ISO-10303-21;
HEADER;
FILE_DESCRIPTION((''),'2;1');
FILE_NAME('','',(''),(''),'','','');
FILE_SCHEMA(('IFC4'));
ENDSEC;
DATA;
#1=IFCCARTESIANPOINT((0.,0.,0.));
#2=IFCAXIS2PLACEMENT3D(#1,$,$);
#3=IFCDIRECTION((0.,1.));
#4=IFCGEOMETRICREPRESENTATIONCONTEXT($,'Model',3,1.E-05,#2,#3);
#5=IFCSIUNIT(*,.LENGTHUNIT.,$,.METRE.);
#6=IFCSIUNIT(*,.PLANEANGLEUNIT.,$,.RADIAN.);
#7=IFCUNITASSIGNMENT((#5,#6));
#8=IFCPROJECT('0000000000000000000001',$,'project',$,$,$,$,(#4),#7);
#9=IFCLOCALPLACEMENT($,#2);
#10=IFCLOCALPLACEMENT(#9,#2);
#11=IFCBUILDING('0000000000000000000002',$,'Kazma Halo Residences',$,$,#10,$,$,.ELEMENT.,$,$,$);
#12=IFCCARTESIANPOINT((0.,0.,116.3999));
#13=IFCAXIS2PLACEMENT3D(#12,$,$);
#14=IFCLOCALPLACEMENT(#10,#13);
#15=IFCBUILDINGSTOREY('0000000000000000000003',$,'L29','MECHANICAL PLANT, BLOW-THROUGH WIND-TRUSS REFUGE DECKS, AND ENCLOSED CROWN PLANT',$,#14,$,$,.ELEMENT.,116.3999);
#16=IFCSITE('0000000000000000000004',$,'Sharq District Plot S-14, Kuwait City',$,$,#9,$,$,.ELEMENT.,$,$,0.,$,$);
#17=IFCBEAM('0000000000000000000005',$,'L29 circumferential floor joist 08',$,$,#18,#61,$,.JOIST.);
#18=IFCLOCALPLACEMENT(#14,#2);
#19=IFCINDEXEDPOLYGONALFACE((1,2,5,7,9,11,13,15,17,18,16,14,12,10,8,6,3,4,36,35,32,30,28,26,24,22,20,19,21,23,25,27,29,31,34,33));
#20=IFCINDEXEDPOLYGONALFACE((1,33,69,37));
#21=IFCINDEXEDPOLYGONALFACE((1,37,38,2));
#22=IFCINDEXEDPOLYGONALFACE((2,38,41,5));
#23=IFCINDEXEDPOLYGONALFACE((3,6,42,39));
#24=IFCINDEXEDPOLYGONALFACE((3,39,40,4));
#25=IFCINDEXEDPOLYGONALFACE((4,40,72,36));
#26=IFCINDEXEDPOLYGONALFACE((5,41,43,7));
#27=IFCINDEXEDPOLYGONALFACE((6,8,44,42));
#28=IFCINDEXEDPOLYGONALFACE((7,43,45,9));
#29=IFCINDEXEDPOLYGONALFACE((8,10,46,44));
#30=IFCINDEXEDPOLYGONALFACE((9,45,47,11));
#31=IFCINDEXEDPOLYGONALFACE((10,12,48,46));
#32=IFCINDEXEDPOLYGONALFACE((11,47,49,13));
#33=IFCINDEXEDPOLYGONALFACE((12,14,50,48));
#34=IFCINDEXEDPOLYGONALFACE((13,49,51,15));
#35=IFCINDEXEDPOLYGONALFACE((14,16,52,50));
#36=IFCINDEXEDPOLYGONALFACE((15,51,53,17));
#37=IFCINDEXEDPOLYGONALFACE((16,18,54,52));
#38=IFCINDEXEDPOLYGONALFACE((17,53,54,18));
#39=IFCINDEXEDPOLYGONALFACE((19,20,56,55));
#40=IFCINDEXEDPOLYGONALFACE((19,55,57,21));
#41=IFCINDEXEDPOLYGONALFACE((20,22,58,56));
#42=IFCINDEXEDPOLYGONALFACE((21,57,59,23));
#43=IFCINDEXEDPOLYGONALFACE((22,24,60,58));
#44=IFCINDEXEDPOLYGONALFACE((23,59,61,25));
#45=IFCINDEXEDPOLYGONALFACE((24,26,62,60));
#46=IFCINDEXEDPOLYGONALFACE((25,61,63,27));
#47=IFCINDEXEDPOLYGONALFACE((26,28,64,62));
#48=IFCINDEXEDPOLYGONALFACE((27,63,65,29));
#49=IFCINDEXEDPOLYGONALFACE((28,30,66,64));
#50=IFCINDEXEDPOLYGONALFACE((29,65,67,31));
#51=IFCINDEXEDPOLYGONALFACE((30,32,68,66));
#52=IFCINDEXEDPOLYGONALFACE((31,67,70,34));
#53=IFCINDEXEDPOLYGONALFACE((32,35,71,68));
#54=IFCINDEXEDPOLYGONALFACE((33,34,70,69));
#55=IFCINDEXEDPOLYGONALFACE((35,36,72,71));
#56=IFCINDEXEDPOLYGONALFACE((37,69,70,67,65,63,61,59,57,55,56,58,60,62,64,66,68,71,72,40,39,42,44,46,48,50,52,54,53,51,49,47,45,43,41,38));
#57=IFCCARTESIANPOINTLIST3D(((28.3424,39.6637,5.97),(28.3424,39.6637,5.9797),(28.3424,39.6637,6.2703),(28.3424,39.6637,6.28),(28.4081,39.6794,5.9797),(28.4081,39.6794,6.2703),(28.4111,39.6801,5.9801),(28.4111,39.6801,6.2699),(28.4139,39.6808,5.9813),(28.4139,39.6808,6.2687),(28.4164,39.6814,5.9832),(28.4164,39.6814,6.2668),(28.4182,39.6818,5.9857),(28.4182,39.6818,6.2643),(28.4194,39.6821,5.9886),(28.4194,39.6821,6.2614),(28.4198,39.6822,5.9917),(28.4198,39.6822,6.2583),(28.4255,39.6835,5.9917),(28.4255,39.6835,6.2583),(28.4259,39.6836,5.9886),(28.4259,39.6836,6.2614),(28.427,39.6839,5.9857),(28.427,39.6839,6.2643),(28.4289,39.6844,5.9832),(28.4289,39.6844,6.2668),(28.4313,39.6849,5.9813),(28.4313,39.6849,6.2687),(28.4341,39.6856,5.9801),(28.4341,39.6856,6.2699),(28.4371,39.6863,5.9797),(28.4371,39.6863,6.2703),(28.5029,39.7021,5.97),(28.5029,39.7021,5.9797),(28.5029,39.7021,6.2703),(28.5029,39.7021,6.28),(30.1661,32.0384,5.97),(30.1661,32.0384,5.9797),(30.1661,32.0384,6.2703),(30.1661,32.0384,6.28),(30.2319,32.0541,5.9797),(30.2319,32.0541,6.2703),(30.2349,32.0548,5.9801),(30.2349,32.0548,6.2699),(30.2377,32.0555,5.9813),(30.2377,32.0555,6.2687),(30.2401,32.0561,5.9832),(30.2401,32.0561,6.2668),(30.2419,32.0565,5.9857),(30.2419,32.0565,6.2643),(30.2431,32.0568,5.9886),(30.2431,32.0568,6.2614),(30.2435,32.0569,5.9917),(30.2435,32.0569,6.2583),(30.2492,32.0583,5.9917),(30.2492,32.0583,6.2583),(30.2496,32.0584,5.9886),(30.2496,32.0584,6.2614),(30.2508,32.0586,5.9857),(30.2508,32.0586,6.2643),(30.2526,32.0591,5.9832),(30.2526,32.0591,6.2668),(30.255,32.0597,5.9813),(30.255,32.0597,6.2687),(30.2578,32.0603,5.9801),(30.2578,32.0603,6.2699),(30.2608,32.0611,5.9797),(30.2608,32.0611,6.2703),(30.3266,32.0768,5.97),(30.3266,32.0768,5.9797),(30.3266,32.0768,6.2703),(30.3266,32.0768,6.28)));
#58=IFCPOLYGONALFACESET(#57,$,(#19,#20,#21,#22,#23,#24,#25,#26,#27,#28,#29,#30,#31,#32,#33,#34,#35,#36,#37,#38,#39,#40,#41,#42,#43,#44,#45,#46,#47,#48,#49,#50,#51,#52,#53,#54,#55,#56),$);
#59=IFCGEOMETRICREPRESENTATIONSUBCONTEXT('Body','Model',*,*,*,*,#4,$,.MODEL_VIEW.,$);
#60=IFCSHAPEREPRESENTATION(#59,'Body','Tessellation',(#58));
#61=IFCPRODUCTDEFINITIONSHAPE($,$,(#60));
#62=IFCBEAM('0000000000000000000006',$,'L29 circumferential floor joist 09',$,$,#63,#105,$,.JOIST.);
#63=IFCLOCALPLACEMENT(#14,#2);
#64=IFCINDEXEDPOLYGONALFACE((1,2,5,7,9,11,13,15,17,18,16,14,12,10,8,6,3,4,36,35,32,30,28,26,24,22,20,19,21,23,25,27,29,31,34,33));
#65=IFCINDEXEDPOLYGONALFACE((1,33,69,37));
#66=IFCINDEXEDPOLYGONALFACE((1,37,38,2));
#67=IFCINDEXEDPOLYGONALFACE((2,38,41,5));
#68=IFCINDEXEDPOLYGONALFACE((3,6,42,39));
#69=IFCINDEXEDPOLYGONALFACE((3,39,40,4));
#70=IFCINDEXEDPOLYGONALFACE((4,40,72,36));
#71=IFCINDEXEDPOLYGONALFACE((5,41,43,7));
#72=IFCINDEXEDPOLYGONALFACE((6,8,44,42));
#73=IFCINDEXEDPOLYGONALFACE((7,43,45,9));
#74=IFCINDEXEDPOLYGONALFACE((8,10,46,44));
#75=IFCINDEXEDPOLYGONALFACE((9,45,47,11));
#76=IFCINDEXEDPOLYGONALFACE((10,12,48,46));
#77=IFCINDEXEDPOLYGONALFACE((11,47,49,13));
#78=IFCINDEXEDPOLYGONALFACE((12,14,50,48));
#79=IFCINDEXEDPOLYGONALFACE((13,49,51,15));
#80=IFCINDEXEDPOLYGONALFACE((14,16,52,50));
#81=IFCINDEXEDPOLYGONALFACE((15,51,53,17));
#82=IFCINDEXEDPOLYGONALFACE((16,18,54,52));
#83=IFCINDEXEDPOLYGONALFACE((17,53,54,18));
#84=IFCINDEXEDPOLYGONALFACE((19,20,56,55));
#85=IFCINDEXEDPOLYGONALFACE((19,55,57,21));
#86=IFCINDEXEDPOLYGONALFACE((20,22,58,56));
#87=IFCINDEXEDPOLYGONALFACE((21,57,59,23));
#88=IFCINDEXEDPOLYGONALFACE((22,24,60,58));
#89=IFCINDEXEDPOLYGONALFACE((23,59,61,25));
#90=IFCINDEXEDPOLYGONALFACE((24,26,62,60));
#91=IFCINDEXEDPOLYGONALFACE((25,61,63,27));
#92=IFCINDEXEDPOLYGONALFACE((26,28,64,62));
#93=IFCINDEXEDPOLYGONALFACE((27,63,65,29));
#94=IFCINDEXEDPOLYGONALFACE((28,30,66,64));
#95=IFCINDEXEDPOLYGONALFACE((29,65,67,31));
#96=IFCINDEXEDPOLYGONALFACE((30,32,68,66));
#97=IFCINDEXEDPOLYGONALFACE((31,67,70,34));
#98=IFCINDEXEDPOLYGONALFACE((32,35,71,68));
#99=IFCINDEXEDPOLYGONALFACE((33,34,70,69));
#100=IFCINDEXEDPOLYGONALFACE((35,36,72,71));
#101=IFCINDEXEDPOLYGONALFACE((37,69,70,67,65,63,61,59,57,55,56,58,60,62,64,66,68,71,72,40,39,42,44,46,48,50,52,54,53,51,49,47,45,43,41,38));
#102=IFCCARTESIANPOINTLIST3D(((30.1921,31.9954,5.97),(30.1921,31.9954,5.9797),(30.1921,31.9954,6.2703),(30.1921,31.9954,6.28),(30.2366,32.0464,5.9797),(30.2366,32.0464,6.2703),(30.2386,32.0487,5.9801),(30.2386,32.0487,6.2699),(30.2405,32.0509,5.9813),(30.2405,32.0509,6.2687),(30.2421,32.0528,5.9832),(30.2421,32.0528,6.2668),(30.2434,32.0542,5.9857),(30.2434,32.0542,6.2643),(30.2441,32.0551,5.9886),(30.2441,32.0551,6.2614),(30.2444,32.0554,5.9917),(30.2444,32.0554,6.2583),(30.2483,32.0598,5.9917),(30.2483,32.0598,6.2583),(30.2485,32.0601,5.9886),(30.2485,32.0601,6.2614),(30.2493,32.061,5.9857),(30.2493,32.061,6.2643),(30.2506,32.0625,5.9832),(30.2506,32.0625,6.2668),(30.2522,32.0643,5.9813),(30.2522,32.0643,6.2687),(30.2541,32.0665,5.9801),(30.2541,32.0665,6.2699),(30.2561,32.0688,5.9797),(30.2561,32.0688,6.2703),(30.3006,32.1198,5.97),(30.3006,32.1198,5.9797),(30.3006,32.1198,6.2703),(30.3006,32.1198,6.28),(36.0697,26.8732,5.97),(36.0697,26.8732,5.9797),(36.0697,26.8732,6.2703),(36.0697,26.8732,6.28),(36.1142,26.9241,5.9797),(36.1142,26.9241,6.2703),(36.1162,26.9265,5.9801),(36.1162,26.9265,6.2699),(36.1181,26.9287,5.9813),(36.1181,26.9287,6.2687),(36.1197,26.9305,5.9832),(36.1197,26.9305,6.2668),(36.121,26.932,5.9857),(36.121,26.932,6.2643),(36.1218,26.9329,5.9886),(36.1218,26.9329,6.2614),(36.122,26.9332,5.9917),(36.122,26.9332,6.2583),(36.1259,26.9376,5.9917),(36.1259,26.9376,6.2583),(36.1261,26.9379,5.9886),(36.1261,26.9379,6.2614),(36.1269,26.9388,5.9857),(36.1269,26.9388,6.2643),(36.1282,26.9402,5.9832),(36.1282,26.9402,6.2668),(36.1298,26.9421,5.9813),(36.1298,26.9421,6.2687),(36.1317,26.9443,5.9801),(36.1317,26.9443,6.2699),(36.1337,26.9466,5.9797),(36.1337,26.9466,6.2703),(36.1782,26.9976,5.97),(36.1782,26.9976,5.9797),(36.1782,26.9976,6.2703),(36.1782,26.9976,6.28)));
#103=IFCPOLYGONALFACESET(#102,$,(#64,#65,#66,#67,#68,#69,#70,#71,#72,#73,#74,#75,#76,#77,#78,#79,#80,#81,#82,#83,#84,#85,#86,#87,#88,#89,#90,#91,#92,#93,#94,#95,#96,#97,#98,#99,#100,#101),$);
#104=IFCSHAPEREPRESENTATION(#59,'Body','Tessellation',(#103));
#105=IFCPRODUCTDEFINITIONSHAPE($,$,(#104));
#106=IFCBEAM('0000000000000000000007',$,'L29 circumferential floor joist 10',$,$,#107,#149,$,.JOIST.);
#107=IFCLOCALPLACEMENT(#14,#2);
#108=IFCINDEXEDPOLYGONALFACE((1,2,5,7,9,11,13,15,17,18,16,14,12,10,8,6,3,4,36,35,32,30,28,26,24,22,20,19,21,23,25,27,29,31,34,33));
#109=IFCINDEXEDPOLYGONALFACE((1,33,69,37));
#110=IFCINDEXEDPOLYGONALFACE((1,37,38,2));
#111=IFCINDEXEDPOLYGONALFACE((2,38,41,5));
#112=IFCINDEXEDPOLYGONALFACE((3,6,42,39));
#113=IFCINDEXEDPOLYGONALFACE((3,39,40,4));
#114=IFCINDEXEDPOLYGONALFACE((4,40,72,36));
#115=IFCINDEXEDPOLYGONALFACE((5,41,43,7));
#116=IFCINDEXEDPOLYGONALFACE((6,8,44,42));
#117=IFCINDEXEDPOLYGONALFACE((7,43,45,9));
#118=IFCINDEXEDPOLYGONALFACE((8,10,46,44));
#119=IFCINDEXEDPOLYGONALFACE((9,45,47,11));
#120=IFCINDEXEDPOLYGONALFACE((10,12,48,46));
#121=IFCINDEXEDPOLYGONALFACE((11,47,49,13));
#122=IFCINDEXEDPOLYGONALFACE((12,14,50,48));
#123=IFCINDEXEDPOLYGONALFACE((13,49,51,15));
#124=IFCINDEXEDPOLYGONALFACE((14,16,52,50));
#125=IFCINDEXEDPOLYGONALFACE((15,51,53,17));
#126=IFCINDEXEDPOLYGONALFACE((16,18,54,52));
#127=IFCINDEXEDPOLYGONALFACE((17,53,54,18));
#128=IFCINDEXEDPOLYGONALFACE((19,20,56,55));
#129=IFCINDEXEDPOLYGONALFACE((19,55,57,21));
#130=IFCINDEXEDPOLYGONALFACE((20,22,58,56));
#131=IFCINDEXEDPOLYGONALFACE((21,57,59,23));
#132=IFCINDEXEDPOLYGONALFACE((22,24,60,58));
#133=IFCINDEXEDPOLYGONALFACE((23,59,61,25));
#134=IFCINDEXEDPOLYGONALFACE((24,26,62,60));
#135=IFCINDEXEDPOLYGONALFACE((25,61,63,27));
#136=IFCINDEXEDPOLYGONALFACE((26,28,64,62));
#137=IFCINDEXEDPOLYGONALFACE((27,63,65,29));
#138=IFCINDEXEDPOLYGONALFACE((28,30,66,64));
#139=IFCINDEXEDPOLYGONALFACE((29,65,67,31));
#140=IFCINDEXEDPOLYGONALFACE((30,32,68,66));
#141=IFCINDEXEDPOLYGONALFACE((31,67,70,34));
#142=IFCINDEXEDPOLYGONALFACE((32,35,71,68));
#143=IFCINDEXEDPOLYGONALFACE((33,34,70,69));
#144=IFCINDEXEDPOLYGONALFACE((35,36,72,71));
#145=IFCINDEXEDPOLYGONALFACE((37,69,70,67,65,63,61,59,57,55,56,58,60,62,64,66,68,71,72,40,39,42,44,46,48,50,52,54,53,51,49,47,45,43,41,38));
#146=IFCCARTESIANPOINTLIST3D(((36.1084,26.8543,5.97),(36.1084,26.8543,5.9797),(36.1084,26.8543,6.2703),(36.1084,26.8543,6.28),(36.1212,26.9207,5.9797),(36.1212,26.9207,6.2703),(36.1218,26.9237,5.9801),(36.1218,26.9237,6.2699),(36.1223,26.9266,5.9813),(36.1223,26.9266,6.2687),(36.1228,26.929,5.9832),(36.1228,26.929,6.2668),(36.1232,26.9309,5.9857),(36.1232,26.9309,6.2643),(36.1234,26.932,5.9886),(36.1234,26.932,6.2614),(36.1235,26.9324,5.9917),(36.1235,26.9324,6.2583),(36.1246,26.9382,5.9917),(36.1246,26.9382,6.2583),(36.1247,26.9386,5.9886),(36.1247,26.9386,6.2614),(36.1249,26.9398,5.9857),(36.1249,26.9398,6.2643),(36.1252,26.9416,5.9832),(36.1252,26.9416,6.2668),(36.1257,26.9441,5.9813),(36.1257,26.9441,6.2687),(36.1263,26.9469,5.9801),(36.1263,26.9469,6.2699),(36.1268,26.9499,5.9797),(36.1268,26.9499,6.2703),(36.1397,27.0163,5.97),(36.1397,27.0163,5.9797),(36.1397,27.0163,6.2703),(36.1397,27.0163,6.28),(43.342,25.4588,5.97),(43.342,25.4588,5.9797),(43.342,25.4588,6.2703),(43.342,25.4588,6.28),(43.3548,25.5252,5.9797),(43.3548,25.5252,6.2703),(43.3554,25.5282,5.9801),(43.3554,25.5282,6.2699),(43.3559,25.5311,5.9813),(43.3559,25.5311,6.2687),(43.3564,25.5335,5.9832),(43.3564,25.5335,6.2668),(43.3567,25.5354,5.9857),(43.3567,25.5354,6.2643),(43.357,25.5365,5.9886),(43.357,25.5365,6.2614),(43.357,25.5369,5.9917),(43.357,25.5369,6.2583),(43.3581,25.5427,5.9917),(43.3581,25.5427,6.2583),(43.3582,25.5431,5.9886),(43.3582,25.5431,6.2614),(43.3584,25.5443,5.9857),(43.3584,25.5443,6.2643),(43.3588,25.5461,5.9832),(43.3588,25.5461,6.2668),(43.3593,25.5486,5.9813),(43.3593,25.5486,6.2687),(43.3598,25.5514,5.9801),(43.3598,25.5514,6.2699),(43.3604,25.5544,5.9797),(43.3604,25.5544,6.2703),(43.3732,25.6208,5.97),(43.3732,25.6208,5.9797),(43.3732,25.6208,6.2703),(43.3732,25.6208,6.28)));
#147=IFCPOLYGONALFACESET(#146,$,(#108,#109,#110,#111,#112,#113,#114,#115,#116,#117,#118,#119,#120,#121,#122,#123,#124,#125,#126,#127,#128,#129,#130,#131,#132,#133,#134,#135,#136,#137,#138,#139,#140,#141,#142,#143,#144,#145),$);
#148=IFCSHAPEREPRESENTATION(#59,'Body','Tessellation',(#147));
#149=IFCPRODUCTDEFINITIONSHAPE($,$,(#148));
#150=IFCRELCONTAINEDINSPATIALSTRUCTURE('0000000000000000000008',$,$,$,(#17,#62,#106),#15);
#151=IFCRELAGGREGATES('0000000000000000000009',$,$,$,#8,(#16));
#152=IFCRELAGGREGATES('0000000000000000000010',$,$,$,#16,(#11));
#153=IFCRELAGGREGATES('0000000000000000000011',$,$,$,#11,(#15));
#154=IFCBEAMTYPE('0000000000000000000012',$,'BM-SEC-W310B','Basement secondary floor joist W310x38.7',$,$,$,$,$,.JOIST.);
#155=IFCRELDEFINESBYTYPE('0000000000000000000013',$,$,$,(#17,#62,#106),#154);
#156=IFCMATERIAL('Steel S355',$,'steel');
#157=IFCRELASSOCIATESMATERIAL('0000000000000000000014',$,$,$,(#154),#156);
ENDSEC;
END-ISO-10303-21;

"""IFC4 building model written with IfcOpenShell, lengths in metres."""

from ifc_helpers import new_model, si_unit, direction, frame, origin, origin_2d, place, context, subcontext, project, spatial, i_section, extrude, material, material_profile, profile_set, type_object, element, save


model = new_model("IFC4")

# Units and contexts
model_context = context("Model", 3, precision=1e-05, world=origin(), true_north=direction((0.0, 1.0)))
body_context = subcontext(model_context, "Body", "Model", "MODEL_VIEW")
ifc_project = project(units=[si_unit("LENGTHUNIT", "METRE"), si_unit("PLANEANGLEUNIT", "RADIAN")], contexts=[model_context])

# Site, building, storey
site_placement = place(None, origin())
site = spatial("IfcSite", under=ifc_project, at=site_placement, Name="Sharq District Plot S-14, Kuwait City", CompositionType="ELEMENT", RefElevation=0.0)
building_placement = place(site_placement, origin())
building = spatial("IfcBuilding", under=site, at=building_placement, Name="Kazma Halo Residences", CompositionType="ELEMENT")
storey_placement = place(building_placement, frame((0.0, 0.0, 116.3999)))
storey = spatial("IfcBuildingStorey", under=building, at=storey_placement, Name="L29", Description="MECHANICAL PLANT, BLOW-THROUGH WIND-TRUSS REFUGE DECKS, AND ENCLOSED CROWN PLANT", CompositionType="ELEMENT", Elevation=116.3999)

# Beams
ifc_material_1 = material(Name="Steel S355", Category="steel")
ifc_material_profile_1 = material_profile(ifc_material_1, i_section(OverallWidth=0.165, OverallDepth=0.3101, WebThickness=0.0059, FlangeThickness=0.0098, FilletRadius=0.012, at=origin_2d()), Name="W310x38.7")
ifc_profile_set_1 = profile_set([ifc_material_profile_1], Name="Steel S355")
beam_type_1 = type_object("IfcBeamType", Name="BM-SEC-W310B", Description="Basement secondary floor joist W310x38.7", PredefinedType="JOIST", material=ifc_profile_set_1)
beam_1_placement = place(storey_placement, frame((28.4226, 39.6829, 6.125), z_axis=(0.23261, -0.97257, 0.0), x_axis=(0.97257, 0.23261, 0.0)))
element("IfcBeam", 1, at=beam_1_placement, inside=storey, type_object=beam_type_1, Name="L29 circumferential floor joist 08", PredefinedType="JOIST", context=body_context, shape_type="SweptSolid", body=[
    extrude(i_section(OverallWidth=0.165, OverallDepth=0.3101, WebThickness=0.0059, FlangeThickness=0.0098, FilletRadius=0.012, at=origin_2d()), origin(), (0.0, 0.0, 1.0), 7.8403),
])
beam_2_placement = place(storey_placement, frame((30.2463, 32.0576, 6.125), z_axis=(0.753888, -0.657002, 0.0), x_axis=(0.657002, 0.753888, 0.0)))
element("IfcBeam", 2, at=beam_2_placement, inside=storey, type_object=beam_type_1, Name="L29 circumferential floor joist 09", PredefinedType="JOIST", context=body_context, shape_type="SweptSolid", body=[
    extrude(i_section(OverallWidth=0.165, OverallDepth=0.3101, WebThickness=0.0059, FlangeThickness=0.0098, FilletRadius=0.012, at=origin_2d()), origin(), (0.0, 0.0, 1.0), 7.7964),
])
beam_3_placement = place(storey_placement, frame((36.124, 26.9353, 6.125), z_axis=(0.981895, -0.189426, 0.0), x_axis=(0.189426, 0.981895, 0.0)))
element("IfcBeam", 3, at=beam_3_placement, inside=storey, type_object=beam_type_1, Name="L29 circumferential floor joist 10", PredefinedType="JOIST", context=body_context, shape_type="SweptSolid", body=[
    extrude(i_section(OverallWidth=0.165, OverallDepth=0.3101, WebThickness=0.0059, FlangeThickness=0.0098, FilletRadius=0.012, at=origin_2d()), origin(), (0.0, 0.0, 1.0), 7.3669),
])

save(model, "model.ifc")
